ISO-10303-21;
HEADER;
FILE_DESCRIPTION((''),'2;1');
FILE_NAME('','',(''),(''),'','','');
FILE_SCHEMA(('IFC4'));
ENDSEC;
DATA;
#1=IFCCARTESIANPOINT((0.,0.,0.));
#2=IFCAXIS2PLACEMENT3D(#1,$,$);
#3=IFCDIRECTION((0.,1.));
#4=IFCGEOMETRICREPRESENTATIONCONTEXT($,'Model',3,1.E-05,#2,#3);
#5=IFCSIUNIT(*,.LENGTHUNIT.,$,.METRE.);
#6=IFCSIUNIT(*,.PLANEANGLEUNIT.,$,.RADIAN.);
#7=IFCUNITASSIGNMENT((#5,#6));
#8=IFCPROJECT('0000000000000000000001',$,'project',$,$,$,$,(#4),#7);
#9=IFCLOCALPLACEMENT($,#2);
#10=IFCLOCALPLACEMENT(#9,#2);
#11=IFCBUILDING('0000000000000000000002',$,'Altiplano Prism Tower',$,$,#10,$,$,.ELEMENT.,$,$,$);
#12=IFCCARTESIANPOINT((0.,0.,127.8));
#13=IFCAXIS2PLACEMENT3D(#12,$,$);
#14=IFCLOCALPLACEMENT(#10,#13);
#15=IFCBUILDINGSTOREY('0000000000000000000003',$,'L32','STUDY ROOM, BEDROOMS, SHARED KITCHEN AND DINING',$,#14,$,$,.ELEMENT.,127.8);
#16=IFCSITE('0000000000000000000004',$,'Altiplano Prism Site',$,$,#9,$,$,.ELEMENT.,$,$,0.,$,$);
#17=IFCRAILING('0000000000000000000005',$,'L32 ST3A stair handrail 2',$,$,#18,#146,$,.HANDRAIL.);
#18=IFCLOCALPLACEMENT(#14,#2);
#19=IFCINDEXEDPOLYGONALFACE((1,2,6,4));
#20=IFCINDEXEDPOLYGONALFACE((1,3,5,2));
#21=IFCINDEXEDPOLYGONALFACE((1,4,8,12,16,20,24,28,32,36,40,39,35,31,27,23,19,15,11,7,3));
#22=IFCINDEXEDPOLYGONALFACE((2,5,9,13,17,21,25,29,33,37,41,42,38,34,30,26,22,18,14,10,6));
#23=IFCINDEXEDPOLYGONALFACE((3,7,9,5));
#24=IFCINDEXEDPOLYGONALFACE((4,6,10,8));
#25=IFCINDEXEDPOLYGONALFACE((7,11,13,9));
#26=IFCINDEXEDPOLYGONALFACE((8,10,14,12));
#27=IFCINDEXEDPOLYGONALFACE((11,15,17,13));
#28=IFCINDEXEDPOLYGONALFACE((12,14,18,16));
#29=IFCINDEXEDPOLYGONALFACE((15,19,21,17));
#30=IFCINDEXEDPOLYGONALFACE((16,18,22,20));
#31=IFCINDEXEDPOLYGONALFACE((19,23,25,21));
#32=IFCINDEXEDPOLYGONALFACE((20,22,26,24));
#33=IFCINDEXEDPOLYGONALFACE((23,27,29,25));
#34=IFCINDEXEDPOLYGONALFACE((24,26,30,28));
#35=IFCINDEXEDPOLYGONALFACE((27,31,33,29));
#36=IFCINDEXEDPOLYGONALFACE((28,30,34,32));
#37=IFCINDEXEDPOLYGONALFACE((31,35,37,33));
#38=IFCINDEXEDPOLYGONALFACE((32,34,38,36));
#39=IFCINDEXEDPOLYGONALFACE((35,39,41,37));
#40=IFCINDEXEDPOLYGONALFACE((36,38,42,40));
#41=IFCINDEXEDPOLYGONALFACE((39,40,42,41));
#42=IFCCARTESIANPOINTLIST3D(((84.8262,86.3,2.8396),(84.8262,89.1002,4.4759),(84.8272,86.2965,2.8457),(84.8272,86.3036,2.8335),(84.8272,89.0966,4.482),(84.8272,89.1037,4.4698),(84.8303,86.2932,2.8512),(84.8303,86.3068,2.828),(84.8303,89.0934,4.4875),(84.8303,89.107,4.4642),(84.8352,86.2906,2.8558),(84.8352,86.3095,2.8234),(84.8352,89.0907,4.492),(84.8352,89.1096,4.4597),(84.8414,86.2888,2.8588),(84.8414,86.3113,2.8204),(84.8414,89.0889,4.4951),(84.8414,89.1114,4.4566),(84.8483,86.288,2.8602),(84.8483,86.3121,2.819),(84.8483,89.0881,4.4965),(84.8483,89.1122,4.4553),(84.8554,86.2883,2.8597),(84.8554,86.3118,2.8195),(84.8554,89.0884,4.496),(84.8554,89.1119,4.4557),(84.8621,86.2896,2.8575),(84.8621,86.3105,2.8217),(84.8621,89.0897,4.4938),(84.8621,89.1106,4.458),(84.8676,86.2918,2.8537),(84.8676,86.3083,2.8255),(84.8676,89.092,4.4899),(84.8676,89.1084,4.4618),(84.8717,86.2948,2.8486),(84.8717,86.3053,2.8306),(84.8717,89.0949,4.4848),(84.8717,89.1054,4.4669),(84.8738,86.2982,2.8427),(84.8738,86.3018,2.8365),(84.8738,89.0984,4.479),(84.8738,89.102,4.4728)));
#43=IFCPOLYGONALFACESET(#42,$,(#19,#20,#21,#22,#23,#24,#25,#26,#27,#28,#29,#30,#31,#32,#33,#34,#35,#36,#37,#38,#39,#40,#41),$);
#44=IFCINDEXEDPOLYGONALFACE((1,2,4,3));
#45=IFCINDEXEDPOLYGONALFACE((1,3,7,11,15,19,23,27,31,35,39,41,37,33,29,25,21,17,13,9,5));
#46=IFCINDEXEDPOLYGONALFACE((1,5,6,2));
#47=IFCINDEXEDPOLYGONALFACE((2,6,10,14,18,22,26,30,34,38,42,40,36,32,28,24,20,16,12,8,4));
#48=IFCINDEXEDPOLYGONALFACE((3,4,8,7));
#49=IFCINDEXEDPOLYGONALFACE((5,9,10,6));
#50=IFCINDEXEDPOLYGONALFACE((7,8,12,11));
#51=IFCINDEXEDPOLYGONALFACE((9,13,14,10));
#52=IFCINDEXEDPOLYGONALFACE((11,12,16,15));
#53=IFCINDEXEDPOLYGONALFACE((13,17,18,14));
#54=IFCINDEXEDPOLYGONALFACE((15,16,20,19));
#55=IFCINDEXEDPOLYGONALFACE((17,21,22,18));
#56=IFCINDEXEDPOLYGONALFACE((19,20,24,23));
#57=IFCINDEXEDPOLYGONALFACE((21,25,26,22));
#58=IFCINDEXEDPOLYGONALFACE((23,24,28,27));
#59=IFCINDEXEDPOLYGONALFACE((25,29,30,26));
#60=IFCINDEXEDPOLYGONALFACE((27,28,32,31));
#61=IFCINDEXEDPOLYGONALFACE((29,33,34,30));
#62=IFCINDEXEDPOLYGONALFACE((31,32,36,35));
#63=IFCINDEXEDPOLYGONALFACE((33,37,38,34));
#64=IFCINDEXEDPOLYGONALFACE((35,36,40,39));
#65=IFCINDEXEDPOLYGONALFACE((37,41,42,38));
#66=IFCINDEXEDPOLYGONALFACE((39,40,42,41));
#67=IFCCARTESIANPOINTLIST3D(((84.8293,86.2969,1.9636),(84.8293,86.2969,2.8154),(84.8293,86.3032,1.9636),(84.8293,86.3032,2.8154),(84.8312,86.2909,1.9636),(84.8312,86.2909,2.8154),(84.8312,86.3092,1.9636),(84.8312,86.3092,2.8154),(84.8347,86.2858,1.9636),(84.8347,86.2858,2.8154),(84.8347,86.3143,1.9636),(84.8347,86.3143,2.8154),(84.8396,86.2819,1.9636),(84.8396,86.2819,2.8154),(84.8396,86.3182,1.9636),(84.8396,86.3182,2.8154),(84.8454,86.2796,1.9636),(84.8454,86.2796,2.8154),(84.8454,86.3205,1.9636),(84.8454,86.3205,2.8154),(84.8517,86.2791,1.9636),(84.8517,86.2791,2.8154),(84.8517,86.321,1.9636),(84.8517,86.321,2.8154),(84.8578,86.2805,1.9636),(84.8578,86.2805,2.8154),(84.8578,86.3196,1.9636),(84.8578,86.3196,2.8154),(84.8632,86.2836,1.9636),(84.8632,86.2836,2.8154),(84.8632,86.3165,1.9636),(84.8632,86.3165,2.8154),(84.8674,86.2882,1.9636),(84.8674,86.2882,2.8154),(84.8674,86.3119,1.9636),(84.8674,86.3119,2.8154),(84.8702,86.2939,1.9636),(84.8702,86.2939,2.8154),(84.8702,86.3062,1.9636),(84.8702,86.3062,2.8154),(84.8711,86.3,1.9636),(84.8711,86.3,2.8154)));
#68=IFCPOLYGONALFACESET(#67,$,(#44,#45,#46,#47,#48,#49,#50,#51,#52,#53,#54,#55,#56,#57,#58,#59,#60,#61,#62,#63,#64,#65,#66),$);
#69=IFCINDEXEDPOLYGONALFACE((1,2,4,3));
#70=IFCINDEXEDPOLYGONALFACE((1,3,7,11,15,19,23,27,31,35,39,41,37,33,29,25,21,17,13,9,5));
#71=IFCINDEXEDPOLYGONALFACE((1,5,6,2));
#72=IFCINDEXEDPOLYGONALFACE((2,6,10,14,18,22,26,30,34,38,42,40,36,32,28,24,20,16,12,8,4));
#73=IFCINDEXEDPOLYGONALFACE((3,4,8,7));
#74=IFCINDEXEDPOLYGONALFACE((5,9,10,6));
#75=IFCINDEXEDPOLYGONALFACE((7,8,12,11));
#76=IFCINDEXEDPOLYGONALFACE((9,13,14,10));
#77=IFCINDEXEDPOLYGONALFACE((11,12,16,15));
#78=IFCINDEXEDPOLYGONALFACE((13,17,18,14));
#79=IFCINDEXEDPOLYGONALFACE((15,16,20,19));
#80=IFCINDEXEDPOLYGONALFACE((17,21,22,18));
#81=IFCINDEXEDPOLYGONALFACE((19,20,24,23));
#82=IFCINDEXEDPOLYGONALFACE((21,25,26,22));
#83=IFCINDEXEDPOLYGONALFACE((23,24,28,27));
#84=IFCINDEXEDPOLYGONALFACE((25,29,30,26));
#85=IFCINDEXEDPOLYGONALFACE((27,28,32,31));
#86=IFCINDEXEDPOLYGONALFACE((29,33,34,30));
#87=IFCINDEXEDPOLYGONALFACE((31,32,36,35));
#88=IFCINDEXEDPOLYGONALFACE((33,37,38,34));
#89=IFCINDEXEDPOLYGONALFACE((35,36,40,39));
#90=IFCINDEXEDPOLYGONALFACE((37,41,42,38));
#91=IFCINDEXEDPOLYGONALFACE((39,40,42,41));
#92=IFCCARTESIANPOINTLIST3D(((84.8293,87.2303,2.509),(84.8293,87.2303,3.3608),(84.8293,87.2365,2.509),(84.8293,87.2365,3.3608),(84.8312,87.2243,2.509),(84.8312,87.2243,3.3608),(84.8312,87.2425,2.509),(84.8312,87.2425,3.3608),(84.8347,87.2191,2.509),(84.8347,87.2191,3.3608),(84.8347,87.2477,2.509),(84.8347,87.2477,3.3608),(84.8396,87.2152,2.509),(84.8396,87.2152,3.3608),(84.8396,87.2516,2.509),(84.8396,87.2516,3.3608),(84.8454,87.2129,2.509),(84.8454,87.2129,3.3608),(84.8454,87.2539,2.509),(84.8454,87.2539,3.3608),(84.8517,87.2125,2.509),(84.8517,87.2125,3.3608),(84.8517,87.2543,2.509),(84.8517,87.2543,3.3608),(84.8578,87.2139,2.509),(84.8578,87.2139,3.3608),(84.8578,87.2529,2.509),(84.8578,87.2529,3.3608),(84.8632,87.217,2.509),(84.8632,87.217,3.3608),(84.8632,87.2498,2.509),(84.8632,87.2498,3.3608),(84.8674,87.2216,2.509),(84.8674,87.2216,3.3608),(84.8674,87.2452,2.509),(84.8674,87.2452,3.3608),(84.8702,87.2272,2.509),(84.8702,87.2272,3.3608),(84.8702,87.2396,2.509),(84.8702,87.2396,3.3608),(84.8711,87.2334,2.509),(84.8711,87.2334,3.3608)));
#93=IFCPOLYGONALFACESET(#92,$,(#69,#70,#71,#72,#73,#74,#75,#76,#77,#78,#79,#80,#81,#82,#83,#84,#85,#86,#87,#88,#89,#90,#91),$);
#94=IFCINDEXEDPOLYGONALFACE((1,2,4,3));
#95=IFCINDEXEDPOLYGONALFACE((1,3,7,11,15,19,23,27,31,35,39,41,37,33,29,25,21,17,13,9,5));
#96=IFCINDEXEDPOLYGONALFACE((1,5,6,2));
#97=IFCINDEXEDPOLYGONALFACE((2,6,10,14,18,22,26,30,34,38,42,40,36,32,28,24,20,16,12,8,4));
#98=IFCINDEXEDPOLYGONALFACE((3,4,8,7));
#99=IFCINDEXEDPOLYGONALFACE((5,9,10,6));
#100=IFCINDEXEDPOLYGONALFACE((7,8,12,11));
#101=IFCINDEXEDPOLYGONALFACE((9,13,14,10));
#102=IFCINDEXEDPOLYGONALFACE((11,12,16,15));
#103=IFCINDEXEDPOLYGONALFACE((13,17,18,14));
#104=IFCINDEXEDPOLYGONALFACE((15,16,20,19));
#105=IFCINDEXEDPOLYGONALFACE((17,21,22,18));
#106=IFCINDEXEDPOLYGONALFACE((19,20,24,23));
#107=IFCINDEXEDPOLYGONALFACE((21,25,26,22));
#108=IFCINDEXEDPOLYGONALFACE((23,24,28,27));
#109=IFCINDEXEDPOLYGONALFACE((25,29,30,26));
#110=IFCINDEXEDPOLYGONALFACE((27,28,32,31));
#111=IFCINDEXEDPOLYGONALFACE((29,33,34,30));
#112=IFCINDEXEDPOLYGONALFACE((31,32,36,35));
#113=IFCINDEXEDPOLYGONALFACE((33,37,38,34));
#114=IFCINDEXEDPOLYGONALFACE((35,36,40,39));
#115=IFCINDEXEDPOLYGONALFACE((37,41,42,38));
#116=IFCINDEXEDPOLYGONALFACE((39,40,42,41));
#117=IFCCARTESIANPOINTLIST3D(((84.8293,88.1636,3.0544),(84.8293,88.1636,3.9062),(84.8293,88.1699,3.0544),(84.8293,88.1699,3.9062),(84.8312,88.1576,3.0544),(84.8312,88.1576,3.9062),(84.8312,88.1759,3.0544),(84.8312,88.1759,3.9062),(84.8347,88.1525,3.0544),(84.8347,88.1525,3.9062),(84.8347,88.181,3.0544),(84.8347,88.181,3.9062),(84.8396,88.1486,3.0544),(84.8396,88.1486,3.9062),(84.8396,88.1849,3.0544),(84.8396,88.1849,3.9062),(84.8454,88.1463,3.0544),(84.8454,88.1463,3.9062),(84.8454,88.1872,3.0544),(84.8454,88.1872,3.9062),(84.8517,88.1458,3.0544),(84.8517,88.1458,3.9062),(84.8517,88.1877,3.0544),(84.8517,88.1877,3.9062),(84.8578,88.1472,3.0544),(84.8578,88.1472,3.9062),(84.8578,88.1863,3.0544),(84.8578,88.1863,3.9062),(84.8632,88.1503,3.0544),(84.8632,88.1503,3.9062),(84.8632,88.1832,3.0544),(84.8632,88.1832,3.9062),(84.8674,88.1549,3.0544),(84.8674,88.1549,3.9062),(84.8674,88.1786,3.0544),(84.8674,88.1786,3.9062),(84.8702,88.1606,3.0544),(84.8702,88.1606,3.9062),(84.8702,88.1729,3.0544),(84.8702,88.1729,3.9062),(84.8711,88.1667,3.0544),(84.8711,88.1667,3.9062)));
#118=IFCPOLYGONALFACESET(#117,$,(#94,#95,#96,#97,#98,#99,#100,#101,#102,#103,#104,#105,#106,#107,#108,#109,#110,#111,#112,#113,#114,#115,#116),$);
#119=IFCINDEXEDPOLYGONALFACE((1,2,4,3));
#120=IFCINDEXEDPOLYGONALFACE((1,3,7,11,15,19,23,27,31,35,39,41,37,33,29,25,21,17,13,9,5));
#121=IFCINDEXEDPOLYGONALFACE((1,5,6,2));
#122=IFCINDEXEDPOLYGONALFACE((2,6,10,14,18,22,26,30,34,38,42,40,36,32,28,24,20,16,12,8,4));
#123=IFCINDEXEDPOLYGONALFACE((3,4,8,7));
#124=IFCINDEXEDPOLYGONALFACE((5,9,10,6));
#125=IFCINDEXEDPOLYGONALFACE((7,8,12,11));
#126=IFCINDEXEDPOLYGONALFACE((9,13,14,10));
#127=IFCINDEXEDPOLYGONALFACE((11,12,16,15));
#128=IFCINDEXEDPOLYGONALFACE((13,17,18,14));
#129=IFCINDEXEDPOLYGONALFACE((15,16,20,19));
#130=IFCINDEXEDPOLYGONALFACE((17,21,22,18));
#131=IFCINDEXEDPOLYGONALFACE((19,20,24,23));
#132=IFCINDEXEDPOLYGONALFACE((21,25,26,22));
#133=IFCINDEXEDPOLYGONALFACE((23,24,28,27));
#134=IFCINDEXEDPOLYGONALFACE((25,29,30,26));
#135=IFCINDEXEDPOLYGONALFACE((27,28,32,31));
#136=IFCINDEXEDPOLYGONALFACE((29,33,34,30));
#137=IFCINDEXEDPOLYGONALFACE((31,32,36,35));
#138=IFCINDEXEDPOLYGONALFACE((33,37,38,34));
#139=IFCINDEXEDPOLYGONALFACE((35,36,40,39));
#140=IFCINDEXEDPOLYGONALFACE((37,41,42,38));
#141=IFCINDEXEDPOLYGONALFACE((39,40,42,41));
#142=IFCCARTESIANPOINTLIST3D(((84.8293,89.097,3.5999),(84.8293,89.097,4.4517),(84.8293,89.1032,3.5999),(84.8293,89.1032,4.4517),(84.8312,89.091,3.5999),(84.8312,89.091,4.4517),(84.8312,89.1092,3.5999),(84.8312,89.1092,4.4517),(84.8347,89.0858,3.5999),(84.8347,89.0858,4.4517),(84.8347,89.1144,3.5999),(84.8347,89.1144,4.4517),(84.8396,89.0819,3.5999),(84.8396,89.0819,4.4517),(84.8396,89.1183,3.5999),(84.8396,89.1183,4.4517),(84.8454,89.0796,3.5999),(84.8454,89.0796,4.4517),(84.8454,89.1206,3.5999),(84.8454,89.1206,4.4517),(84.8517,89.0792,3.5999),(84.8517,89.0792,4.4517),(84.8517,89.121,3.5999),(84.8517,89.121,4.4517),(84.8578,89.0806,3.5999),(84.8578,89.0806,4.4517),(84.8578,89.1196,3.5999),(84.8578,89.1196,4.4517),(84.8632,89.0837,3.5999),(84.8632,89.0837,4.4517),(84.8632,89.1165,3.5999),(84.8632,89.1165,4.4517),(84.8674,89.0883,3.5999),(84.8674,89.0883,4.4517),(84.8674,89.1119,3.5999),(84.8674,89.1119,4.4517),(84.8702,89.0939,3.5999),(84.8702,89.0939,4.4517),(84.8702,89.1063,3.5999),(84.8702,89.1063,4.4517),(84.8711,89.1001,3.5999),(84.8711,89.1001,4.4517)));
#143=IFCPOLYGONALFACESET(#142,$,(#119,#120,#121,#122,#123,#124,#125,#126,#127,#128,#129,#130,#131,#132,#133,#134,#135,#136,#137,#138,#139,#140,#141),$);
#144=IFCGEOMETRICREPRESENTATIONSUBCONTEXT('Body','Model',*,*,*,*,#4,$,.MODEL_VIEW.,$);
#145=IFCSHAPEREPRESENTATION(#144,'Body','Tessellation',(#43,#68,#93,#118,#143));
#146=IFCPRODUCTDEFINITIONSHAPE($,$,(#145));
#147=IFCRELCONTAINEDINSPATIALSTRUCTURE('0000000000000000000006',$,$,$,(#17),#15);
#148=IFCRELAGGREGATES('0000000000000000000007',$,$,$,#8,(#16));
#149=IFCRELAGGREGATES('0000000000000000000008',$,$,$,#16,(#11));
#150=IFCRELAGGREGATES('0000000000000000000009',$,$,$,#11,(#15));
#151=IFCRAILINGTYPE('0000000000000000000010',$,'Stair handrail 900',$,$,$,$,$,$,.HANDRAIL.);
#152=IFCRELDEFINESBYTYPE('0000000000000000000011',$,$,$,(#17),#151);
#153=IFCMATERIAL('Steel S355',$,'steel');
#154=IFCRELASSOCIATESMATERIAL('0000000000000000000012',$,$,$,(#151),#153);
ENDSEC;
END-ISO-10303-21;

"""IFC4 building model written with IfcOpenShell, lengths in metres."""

from ifc_helpers import new_model, si_unit, direction, frame, origin, origin_2d, place, context, subcontext, project, spatial, circle, extrude, material, type_object, element, save


model = new_model("IFC4")

# Units and contexts
model_context = context("Model", 3, precision=1e-05, world=origin(), true_north=direction((0.0, 1.0)))
body_context = subcontext(model_context, "Body", "Model", "MODEL_VIEW")
ifc_project = project(units=[si_unit("LENGTHUNIT", "METRE"), si_unit("PLANEANGLEUNIT", "RADIAN")], contexts=[model_context])

# Site, building, storey
site_placement = place(None, origin())
site = spatial("IfcSite", under=ifc_project, at=site_placement, Name="Altiplano Prism Site", CompositionType="ELEMENT", RefElevation=0.0)
building_placement = place(site_placement, origin())
building = spatial("IfcBuilding", under=site, at=building_placement, Name="Altiplano Prism Tower", CompositionType="ELEMENT")
storey_placement = place(building_placement, frame((0.0, 0.0, 127.8)))
storey = spatial("IfcBuildingStorey", under=building, at=storey_placement, Name="L32", Description="STUDY ROOM, BEDROOMS, SHARED KITCHEN AND DINING", CompositionType="ELEMENT", Elevation=127.8)

# Railing
ifc_material_1 = material(Name="Steel S355", Category="steel")
railing_type = type_object("IfcRailingType", Name="Stair handrail 900", PredefinedType="HANDRAIL", material=ifc_material_1)
railing_placement = place(storey_placement, frame((84.8501, 86.3, 1.9636)))
element("IfcRailing", 1, at=railing_placement, inside=storey, type_object=railing_type, Name="L32 ST3A stair handrail 2", PredefinedType="HANDRAIL", context=body_context, shape_type="SweptSolid", body=[
    extrude(circle(Radius=0.0239, at=origin_2d()), frame((0.0, 0.0, 0.876), z_axis=(0.0, 0.863394, 0.504531), x_axis=(-1.0, 0.0, 0.0)), (0.0, 0.0, 1.0), 3.2432),
    extrude(circle(Radius=0.021, at=origin_2d()), origin(), (0.0, 0.0, 1.0), 0.8518),
    extrude(circle(Radius=0.021, at=origin_2d()), frame((0.0, 0.9333, 0.5454)), (0.0, 0.0, 1.0), 0.8518),
    extrude(circle(Radius=0.021, at=origin_2d()), frame((0.0, 1.8667, 1.0908)), (0.0, 0.0, 1.0), 0.8518),
    extrude(circle(Radius=0.021, at=origin_2d()), frame((0.0, 2.8, 1.6362)), (0.0, 0.0, 1.0), 0.8518),
])

save(model, "model.ifc")
